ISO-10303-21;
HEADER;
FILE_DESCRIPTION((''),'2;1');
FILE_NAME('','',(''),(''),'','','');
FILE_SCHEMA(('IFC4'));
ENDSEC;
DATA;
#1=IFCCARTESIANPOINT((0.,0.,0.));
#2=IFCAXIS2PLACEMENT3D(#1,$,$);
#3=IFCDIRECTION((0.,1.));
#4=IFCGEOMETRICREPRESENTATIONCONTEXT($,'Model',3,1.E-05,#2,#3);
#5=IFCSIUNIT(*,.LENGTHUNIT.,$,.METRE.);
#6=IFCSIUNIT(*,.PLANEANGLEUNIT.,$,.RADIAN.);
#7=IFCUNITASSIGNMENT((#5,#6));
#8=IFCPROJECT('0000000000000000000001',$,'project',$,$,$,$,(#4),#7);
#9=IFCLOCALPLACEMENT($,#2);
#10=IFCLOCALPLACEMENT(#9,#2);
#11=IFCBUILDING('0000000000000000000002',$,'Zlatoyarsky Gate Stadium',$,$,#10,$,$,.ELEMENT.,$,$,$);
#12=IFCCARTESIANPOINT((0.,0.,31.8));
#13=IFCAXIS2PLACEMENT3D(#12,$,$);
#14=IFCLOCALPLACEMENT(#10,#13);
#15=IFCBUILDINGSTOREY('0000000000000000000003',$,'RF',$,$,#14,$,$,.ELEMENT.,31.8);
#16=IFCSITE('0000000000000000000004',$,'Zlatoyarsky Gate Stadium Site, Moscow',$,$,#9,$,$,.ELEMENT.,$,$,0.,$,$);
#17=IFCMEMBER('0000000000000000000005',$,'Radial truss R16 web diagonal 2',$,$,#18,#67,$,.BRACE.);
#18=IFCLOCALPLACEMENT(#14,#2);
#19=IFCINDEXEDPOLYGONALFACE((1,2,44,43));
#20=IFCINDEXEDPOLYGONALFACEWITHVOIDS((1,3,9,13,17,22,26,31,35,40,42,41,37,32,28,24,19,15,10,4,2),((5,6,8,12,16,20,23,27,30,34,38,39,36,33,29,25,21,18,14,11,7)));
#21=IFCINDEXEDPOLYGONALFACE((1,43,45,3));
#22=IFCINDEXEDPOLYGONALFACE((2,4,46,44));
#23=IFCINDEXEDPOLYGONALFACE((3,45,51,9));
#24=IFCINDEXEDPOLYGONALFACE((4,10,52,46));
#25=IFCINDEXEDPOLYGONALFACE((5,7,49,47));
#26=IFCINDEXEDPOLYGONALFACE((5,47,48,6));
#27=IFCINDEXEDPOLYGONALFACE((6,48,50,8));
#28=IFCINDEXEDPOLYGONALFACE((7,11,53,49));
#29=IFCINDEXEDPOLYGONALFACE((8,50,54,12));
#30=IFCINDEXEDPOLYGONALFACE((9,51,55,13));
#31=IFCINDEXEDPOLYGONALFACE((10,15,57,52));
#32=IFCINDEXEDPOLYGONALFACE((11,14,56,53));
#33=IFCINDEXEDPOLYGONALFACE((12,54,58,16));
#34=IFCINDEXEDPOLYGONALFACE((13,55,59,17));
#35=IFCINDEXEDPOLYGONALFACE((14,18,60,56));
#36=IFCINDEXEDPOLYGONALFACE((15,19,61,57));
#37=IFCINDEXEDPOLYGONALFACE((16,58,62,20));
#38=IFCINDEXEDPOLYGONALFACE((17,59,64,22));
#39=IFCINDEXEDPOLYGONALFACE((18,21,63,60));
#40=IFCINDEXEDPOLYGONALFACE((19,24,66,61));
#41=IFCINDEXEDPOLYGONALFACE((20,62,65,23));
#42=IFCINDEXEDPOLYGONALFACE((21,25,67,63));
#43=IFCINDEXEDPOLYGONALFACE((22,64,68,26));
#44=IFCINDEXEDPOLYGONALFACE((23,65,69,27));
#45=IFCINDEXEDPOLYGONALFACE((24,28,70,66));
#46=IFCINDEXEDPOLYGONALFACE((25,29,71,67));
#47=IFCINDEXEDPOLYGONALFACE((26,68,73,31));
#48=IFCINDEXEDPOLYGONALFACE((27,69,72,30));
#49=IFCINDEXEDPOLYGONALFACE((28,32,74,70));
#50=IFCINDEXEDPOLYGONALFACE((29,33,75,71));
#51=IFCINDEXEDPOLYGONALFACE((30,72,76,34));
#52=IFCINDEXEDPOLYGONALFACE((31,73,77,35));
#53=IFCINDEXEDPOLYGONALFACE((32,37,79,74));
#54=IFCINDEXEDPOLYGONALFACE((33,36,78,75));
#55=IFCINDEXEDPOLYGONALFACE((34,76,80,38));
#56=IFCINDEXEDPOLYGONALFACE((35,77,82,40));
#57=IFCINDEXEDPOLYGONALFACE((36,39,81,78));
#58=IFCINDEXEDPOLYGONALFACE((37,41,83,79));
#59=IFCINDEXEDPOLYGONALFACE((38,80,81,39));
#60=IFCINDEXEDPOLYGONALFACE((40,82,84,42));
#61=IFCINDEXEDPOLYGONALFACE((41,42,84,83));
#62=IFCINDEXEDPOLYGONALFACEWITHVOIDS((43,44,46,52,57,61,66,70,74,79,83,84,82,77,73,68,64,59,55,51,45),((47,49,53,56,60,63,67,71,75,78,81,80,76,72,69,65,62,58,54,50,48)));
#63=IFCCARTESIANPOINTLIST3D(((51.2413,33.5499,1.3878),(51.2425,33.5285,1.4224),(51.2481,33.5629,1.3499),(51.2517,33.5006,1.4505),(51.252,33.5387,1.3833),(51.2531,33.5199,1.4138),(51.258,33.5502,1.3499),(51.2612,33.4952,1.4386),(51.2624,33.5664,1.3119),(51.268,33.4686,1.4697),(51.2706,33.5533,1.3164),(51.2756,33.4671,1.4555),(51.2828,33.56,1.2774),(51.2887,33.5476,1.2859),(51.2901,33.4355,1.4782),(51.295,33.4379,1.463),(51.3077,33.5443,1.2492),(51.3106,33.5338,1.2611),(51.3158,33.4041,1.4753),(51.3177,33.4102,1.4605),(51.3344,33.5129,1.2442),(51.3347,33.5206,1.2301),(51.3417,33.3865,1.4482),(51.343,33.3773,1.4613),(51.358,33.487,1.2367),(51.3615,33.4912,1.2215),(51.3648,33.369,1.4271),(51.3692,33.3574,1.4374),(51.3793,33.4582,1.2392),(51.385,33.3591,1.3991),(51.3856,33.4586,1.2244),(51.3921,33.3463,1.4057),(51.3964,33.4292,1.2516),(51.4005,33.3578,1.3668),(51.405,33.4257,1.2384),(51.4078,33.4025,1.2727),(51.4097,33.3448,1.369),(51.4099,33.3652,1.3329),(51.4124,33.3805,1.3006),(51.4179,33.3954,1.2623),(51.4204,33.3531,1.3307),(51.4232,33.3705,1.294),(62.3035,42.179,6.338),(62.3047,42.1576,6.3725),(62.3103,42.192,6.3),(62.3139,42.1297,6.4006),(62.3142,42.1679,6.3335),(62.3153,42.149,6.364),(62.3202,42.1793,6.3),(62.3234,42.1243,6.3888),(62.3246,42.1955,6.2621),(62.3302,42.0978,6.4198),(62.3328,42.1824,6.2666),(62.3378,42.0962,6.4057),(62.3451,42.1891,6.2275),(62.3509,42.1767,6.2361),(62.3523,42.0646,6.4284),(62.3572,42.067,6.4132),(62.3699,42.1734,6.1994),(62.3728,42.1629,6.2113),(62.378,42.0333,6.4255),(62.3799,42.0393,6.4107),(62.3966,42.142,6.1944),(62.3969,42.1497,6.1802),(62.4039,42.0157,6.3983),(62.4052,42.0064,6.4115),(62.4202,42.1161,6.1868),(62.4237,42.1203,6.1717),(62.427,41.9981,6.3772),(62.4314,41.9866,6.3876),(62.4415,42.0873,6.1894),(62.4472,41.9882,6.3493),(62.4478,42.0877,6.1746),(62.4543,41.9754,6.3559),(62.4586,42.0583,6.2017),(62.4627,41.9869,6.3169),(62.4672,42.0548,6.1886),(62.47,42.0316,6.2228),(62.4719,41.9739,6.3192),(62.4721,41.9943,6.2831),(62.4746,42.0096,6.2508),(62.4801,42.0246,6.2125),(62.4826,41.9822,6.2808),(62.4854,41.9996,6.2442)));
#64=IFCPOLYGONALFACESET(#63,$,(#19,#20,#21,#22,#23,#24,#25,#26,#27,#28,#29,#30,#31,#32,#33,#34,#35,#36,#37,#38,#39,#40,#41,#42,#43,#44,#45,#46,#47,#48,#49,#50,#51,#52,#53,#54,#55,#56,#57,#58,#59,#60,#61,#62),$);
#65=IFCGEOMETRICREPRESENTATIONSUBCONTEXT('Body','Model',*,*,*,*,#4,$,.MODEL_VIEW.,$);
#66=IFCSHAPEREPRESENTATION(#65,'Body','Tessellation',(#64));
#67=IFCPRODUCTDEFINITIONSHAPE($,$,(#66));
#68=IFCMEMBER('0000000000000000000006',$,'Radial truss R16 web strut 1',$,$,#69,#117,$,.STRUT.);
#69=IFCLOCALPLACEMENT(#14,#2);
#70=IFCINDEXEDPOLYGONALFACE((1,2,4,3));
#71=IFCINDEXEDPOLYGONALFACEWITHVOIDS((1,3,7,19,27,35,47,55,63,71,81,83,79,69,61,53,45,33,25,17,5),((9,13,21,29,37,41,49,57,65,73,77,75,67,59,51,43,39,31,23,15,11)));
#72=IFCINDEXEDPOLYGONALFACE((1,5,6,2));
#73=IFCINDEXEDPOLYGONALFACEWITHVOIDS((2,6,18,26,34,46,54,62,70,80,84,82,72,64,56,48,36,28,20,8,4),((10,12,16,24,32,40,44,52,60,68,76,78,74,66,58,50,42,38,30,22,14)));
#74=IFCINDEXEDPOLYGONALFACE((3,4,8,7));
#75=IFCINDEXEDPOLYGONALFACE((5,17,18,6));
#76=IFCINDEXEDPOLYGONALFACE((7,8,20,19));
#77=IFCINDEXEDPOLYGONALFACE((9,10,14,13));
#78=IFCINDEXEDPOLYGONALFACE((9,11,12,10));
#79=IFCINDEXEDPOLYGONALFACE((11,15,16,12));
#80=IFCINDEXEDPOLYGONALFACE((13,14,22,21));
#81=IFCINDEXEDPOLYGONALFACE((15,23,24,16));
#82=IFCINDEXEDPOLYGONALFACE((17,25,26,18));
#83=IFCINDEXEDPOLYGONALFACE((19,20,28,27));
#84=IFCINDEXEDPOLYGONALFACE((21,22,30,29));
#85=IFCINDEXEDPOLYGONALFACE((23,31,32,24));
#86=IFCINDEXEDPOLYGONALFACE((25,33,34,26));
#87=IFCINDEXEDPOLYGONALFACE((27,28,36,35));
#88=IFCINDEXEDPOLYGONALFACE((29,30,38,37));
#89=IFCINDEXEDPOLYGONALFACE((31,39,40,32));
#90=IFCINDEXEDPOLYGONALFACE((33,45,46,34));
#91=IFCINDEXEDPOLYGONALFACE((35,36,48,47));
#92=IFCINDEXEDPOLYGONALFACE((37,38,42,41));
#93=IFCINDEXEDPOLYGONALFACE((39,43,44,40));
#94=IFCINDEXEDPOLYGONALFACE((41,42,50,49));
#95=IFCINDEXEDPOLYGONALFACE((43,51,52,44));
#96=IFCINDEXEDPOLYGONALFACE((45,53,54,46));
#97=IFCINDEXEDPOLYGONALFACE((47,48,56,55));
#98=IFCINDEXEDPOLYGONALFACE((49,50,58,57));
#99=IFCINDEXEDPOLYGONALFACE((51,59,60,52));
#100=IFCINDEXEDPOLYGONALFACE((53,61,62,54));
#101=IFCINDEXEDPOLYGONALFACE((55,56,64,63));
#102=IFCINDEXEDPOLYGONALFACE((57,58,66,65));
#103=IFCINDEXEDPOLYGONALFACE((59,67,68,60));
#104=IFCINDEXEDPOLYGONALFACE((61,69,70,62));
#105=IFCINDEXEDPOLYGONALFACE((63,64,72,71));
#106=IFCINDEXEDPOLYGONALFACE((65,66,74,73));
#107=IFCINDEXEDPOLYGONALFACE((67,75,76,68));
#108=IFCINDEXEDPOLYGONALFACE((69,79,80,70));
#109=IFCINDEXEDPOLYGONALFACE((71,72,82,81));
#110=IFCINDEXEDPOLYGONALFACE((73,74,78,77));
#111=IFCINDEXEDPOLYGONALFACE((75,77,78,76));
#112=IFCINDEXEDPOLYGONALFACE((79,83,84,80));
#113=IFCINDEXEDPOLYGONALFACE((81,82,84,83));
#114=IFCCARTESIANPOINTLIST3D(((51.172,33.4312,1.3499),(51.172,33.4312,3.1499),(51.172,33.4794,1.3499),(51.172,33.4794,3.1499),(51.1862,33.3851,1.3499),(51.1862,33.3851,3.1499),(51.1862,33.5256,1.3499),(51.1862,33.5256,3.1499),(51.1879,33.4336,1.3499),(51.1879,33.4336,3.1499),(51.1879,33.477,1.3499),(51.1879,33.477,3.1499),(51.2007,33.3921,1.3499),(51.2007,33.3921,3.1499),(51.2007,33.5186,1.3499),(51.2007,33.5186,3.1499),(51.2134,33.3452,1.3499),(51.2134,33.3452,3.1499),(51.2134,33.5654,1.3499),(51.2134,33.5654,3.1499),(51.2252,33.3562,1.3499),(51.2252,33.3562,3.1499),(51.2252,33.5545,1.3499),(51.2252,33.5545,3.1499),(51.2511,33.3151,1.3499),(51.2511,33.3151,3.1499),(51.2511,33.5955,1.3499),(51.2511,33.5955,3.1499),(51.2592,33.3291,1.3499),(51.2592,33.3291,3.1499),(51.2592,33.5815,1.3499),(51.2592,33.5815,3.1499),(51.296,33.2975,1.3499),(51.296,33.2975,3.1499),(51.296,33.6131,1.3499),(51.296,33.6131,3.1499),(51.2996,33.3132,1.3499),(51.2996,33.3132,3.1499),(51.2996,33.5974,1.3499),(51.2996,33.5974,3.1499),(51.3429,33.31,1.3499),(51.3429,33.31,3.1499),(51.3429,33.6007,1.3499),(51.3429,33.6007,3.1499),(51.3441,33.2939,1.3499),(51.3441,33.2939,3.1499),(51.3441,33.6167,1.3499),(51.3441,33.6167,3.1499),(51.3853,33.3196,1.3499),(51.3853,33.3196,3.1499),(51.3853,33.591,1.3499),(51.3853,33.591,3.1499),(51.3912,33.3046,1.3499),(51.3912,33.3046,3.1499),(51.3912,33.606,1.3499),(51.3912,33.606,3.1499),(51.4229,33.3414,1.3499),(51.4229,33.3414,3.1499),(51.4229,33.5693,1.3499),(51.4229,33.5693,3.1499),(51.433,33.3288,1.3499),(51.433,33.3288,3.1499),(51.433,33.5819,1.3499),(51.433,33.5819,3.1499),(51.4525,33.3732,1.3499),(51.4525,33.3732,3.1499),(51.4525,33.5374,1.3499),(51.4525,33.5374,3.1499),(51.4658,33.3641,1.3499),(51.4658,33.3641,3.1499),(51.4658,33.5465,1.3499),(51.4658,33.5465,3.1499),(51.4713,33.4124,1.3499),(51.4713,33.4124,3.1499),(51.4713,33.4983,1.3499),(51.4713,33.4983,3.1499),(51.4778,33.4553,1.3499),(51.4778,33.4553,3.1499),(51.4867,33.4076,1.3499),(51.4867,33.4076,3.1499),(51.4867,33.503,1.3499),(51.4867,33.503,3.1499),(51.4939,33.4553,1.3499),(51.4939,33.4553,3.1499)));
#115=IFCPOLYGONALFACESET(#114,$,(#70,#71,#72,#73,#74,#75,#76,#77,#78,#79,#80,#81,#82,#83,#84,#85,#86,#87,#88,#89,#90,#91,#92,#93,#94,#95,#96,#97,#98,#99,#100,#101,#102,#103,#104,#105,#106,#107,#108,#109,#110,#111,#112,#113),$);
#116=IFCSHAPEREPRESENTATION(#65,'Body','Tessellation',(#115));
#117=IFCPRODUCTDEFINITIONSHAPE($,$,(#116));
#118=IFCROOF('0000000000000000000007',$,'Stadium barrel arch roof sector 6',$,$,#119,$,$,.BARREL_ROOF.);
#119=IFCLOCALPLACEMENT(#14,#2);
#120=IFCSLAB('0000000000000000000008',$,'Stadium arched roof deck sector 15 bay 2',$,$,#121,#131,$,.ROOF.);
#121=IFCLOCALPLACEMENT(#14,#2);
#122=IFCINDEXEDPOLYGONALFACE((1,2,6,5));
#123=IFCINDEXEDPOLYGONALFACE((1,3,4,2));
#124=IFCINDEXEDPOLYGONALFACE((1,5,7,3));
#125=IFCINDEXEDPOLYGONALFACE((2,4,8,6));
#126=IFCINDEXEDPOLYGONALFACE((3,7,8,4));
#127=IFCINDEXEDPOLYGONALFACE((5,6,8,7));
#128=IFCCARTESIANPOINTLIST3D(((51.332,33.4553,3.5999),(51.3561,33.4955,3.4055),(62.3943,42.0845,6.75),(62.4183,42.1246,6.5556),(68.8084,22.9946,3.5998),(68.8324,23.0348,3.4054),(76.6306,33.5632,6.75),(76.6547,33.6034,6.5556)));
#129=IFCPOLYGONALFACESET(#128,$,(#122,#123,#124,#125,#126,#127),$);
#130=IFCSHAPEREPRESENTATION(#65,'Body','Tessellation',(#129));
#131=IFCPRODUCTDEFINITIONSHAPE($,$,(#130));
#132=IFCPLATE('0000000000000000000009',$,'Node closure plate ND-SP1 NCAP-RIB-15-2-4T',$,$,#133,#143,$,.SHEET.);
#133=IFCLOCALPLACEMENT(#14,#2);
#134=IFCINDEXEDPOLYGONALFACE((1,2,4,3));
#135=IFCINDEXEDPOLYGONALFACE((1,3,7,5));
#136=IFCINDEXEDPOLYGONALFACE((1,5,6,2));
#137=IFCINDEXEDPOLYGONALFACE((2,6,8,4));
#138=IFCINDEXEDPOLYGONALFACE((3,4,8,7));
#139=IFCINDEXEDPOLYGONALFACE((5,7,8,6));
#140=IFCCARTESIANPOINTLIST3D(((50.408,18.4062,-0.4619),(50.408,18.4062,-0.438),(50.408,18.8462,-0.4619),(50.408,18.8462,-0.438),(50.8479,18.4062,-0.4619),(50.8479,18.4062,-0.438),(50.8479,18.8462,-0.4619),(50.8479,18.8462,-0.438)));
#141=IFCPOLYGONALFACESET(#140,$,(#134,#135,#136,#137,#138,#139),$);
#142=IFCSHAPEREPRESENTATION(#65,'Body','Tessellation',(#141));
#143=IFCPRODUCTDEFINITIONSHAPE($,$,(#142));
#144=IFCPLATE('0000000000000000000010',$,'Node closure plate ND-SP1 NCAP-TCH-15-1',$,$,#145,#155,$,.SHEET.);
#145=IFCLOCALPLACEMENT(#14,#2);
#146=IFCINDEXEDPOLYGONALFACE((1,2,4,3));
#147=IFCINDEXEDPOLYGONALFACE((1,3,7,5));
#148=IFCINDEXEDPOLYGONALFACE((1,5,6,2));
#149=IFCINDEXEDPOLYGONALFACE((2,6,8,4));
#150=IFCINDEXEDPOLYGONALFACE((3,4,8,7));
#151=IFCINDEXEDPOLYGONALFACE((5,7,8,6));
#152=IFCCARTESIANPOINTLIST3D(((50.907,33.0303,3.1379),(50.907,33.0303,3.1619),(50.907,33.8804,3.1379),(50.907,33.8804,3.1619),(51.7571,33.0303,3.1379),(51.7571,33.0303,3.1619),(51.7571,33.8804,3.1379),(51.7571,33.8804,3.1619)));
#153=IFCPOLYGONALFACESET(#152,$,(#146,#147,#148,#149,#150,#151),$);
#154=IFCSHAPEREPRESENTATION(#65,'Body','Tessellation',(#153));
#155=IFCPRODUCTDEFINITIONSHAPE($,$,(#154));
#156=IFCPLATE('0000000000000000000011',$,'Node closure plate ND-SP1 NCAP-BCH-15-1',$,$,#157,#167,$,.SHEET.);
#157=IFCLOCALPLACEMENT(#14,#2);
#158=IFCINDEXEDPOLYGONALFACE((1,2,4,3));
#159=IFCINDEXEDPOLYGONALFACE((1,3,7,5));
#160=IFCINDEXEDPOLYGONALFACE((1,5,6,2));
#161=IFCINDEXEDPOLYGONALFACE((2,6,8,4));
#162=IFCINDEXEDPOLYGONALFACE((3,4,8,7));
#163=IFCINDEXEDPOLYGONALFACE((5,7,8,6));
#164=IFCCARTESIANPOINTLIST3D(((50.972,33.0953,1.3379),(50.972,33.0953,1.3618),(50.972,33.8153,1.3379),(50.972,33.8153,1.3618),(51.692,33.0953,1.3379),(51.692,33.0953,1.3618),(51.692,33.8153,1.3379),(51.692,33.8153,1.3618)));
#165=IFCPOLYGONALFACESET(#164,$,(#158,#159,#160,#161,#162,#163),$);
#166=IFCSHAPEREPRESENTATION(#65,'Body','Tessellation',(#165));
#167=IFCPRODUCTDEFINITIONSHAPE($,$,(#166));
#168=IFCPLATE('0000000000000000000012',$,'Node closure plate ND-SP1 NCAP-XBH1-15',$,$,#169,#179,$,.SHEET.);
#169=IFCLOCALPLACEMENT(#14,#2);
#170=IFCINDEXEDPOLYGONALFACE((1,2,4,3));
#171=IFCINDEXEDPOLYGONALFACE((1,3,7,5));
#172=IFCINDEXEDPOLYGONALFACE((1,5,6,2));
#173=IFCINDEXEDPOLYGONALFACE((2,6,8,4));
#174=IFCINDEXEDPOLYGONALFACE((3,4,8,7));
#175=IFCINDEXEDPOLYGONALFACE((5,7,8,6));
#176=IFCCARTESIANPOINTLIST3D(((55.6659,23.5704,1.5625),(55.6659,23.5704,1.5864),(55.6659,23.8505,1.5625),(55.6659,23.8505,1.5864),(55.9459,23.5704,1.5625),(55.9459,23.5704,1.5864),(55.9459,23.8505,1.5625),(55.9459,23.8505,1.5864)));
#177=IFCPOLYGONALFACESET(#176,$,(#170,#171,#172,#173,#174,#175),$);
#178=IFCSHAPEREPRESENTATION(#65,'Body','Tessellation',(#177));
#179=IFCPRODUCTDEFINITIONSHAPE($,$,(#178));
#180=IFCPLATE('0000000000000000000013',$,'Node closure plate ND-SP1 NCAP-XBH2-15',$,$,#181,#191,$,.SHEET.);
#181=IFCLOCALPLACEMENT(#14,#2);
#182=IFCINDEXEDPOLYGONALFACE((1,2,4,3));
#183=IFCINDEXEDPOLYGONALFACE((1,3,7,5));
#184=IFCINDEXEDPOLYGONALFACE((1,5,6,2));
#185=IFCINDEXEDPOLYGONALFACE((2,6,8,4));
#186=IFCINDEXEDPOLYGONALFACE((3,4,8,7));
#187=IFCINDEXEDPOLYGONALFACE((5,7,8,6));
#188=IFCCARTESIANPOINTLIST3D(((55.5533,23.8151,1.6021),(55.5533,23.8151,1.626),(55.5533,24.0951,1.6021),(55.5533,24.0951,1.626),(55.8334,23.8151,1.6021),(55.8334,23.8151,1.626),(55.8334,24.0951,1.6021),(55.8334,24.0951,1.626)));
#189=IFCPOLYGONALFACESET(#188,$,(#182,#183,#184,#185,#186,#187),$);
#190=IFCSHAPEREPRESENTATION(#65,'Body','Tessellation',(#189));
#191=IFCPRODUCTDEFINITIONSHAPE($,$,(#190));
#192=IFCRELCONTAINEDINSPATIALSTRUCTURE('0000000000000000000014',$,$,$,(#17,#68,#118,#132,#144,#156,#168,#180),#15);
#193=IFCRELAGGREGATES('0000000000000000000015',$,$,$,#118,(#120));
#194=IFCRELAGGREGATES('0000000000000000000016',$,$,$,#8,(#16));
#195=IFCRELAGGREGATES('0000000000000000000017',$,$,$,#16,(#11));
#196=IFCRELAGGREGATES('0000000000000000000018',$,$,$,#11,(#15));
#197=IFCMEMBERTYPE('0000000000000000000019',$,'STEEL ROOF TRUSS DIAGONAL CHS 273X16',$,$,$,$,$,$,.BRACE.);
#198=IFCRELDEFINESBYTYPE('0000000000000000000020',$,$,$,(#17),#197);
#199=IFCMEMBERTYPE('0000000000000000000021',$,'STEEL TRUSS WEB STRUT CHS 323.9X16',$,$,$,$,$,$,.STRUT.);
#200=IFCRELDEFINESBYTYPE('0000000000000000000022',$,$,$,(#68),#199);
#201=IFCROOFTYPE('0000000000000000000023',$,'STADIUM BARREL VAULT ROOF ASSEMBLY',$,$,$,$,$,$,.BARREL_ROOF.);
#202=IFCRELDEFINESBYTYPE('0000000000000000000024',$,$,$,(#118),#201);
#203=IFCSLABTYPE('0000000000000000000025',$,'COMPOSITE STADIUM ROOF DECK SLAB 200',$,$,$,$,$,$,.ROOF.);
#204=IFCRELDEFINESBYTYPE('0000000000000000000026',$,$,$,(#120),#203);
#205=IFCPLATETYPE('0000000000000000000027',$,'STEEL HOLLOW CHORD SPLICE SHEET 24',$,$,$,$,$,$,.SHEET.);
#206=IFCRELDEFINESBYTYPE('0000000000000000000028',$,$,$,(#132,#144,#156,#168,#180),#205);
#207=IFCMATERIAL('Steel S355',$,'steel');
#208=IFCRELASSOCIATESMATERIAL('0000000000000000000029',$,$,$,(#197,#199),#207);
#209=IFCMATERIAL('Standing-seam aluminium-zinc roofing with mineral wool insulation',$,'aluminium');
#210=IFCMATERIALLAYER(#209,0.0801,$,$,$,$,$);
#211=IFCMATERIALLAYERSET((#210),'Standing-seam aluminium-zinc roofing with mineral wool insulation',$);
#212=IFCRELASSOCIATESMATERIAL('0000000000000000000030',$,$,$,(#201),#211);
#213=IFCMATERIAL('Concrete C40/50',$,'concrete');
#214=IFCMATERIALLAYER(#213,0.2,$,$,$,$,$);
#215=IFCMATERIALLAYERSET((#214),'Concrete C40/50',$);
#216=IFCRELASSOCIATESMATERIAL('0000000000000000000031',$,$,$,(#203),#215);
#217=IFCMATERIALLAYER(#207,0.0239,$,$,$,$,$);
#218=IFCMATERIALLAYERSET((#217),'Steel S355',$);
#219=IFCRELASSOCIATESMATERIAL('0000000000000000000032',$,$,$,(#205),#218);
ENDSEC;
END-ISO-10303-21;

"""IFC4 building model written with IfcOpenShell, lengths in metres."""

from ifc_helpers import new_model, si_unit, direction, frame, origin, origin_2d, place, context, subcontext, project, spatial, polyline, rectangle, hollow_circle, outline, extrude, material, layer, layer_set, material_profile, profile_set, type_object, element, aggregate, save


model = new_model("IFC4")

# Units and contexts
model_context = context("Model", 3, precision=1e-05, world=origin(), true_north=direction((0.0, 1.0)))
body_context = subcontext(model_context, "Body", "Model", "MODEL_VIEW")
ifc_project = project(units=[si_unit("LENGTHUNIT", "METRE"), si_unit("PLANEANGLEUNIT", "RADIAN")], contexts=[model_context])

# Site, building, storey
site_placement = place(None, origin())
site = spatial("IfcSite", under=ifc_project, at=site_placement, Name="Zlatoyarsky Gate Stadium Site, Moscow", CompositionType="ELEMENT", RefElevation=0.0)
building_placement = place(site_placement, origin())
building = spatial("IfcBuilding", under=site, at=building_placement, Name="Zlatoyarsky Gate Stadium", CompositionType="ELEMENT")
storey_placement = place(building_placement, frame((0.0, 0.0, 31.8)))
storey = spatial("IfcBuildingStorey", under=building, at=storey_placement, Name="RF", CompositionType="ELEMENT", Elevation=31.8)

# Members
ifc_material_1 = material(Name="Steel S355", Category="steel")
ifc_material_profile_1 = material_profile(ifc_material_1, hollow_circle(Radius=0.1365, WallThickness=0.0161, at=origin_2d()), Name="CHS 273X16")
ifc_profile_set_1 = profile_set([ifc_material_profile_1], Name="Steel S355")
member_type_1 = type_object("IfcMemberType", Name="STEEL ROOF TRUSS DIAGONAL CHS 273X16", PredefinedType="BRACE", material=ifc_profile_set_1)
member_1_placement = place(storey_placement, frame((51.332, 33.4553, 1.3499), z_axis=(0.743556, 0.580013, 0.33273), x_axis=(-0.615058, 0.788482, 0.0)))
element("IfcMember", 1, at=member_1_placement, inside=storey, type_object=member_type_1, Name="Radial truss R16 web diagonal 2", PredefinedType="BRACE", context=body_context, shape_type="SweptSolid", body=[
    extrude(hollow_circle(Radius=0.1365, WallThickness=0.0161, at=origin_2d()), origin(), (0.0, 0.0, 1.0), 14.8774),
])
ifc_material_profile_2 = material_profile(ifc_material_1, hollow_circle(Radius=0.1619, WallThickness=0.0161, at=origin_2d()), Name="CHS 323.9X16")
ifc_profile_set_2 = profile_set([ifc_material_profile_2], Name="Steel S355")
member_type_2 = type_object("IfcMemberType", Name="STEEL TRUSS WEB STRUT CHS 323.9X16", PredefinedType="STRUT", material=ifc_profile_set_2)
member_2_placement = place(storey_placement, frame((51.332, 33.4553, 1.3499), z_axis=(0.0, 0.0, 1.0), x_axis=(1.0, 0.0, 0.0)))
element("IfcMember", 2, at=member_2_placement, inside=storey, type_object=member_type_2, Name="Radial truss R16 web strut 1", PredefinedType="STRUT", context=body_context, shape_type="SweptSolid", body=[
    extrude(hollow_circle(Radius=0.1619, WallThickness=0.0161, at=origin_2d()), origin(), (0.0, 0.0, 1.0), 1.8),
])

# Roof, slab
ifc_material_2 = material(Name="Standing-seam aluminium-zinc roofing with mineral wool insulation", Category="aluminium")
ifc_layer_1 = layer(ifc_material_2, 0.0801)
ifc_layer_set_1 = layer_set([ifc_layer_1], Name="Standing-seam aluminium-zinc roofing with mineral wool insulation")
roof_type = type_object("IfcRoofType", Name="STADIUM BARREL VAULT ROOF ASSEMBLY", PredefinedType="BARREL_ROOF", material=ifc_layer_set_1)
roof_placement = place(storey_placement, origin())
roof = element("IfcRoof", 3, at=roof_placement, inside=storey, type_object=roof_type, Name="Stadium barrel arch roof sector 6", PredefinedType="BARREL_ROOF")
ifc_material_3 = material(Name="Concrete C40/50", Category="concrete")
ifc_layer_2 = layer(ifc_material_3, 0.2)
ifc_layer_set_2 = layer_set([ifc_layer_2], Name="Concrete C40/50")
slab_type = type_object("IfcSlabType", Name="COMPOSITE STADIUM ROOF DECK SLAB 200", PredefinedType="ROOF", material=ifc_layer_set_2)
slab_placement = place(storey_placement, frame((51.332, 33.4553, 3.5999), z_axis=(-0.120204, -0.200821, 0.972225), x_axis=(0.858036, -0.513589, -0.000001)))
slab = element("IfcSlab", 4, at=slab_placement, type_object=slab_type, Name="Stadium arched roof deck sector 15 bay 2", PredefinedType="ROOF", context=body_context, shape_type="SweptSolid", body=[
    extrude(outline(polyline([(0.0, 0.0), (20.3678, 0.0), (21.6517, 13.4595), (5.06, 13.4594), (0.0, 0.0)])), origin(), (0.0, 0.0, -1.0), 0.2),
])

# Plates
ifc_layer_3 = layer(ifc_material_1, 0.0239)
ifc_layer_set_3 = layer_set([ifc_layer_3], Name="Steel S355")
plate_type_1 = type_object("IfcPlateType", Name="STEEL HOLLOW CHORD SPLICE SHEET 24", PredefinedType="SHEET", material=ifc_layer_set_3)
plate_1_placement = place(storey_placement, frame((50.6279, 18.6262, -0.4619), z_axis=(0.0, 0.0, 1.0), x_axis=(1.0, 0.0, 0.0)))
element("IfcPlate", 5, at=plate_1_placement, inside=storey, type_object=plate_type_1, Name="Node closure plate ND-SP1 NCAP-RIB-15-2-4T", PredefinedType="SHEET", context=body_context, shape_type="SweptSolid", body=[
    extrude(rectangle(XDim=0.4399, YDim=0.4399, at=origin_2d()), origin(), (0.0, 0.0, 1.0), 0.0239),
])
plate_2_placement = place(storey_placement, frame((51.332, 33.4553, 3.1379), z_axis=(0.0, 0.0, 1.0), x_axis=(1.0, 0.0, 0.0)))
element("IfcPlate", 6, at=plate_2_placement, inside=storey, type_object=plate_type_1, Name="Node closure plate ND-SP1 NCAP-TCH-15-1", PredefinedType="SHEET", context=body_context, shape_type="SweptSolid", body=[
    extrude(rectangle(XDim=0.8501, YDim=0.8501, at=origin_2d()), origin(), (0.0, 0.0, 1.0), 0.0239),
])
plate_3_placement = place(storey_placement, frame((51.332, 33.4553, 1.3379), z_axis=(0.0, 0.0, 1.0), x_axis=(1.0, 0.0, 0.0)))
element("IfcPlate", 7, at=plate_3_placement, inside=storey, type_object=plate_type_1, Name="Node closure plate ND-SP1 NCAP-BCH-15-1", PredefinedType="SHEET", context=body_context, shape_type="SweptSolid", body=[
    extrude(rectangle(XDim=0.72, YDim=0.72, at=origin_2d()), origin(), (0.0, 0.0, 1.0), 0.0239),
])
for number, where, z_axis, x_axis, name in (
    (8, (55.8059, 23.7104, 1.5625), (0.0, 0.0, 1.0), (1.0, 0.0, 0.0), "Node closure plate ND-SP1 NCAP-XBH1-15"),
    (9, (55.6934, 23.9551, 1.6021), (0.0, 0.0, 1.0), (1.0, 0.0, 0.0), "Node closure plate ND-SP1 NCAP-XBH2-15"),
):
    element("IfcPlate", number, at=place(storey_placement, frame(where, z_axis=z_axis, x_axis=x_axis)), inside=storey, type_object=plate_type_1, Name=name, PredefinedType="SHEET", context=body_context, shape_type="SweptSolid", body=[
        extrude(rectangle(XDim=0.28, YDim=0.28, at=origin_2d()), origin(), (0.0, 0.0, 1.0), 0.0239),
    ])

aggregate(roof, [slab])

save(model, "model.ifc")
